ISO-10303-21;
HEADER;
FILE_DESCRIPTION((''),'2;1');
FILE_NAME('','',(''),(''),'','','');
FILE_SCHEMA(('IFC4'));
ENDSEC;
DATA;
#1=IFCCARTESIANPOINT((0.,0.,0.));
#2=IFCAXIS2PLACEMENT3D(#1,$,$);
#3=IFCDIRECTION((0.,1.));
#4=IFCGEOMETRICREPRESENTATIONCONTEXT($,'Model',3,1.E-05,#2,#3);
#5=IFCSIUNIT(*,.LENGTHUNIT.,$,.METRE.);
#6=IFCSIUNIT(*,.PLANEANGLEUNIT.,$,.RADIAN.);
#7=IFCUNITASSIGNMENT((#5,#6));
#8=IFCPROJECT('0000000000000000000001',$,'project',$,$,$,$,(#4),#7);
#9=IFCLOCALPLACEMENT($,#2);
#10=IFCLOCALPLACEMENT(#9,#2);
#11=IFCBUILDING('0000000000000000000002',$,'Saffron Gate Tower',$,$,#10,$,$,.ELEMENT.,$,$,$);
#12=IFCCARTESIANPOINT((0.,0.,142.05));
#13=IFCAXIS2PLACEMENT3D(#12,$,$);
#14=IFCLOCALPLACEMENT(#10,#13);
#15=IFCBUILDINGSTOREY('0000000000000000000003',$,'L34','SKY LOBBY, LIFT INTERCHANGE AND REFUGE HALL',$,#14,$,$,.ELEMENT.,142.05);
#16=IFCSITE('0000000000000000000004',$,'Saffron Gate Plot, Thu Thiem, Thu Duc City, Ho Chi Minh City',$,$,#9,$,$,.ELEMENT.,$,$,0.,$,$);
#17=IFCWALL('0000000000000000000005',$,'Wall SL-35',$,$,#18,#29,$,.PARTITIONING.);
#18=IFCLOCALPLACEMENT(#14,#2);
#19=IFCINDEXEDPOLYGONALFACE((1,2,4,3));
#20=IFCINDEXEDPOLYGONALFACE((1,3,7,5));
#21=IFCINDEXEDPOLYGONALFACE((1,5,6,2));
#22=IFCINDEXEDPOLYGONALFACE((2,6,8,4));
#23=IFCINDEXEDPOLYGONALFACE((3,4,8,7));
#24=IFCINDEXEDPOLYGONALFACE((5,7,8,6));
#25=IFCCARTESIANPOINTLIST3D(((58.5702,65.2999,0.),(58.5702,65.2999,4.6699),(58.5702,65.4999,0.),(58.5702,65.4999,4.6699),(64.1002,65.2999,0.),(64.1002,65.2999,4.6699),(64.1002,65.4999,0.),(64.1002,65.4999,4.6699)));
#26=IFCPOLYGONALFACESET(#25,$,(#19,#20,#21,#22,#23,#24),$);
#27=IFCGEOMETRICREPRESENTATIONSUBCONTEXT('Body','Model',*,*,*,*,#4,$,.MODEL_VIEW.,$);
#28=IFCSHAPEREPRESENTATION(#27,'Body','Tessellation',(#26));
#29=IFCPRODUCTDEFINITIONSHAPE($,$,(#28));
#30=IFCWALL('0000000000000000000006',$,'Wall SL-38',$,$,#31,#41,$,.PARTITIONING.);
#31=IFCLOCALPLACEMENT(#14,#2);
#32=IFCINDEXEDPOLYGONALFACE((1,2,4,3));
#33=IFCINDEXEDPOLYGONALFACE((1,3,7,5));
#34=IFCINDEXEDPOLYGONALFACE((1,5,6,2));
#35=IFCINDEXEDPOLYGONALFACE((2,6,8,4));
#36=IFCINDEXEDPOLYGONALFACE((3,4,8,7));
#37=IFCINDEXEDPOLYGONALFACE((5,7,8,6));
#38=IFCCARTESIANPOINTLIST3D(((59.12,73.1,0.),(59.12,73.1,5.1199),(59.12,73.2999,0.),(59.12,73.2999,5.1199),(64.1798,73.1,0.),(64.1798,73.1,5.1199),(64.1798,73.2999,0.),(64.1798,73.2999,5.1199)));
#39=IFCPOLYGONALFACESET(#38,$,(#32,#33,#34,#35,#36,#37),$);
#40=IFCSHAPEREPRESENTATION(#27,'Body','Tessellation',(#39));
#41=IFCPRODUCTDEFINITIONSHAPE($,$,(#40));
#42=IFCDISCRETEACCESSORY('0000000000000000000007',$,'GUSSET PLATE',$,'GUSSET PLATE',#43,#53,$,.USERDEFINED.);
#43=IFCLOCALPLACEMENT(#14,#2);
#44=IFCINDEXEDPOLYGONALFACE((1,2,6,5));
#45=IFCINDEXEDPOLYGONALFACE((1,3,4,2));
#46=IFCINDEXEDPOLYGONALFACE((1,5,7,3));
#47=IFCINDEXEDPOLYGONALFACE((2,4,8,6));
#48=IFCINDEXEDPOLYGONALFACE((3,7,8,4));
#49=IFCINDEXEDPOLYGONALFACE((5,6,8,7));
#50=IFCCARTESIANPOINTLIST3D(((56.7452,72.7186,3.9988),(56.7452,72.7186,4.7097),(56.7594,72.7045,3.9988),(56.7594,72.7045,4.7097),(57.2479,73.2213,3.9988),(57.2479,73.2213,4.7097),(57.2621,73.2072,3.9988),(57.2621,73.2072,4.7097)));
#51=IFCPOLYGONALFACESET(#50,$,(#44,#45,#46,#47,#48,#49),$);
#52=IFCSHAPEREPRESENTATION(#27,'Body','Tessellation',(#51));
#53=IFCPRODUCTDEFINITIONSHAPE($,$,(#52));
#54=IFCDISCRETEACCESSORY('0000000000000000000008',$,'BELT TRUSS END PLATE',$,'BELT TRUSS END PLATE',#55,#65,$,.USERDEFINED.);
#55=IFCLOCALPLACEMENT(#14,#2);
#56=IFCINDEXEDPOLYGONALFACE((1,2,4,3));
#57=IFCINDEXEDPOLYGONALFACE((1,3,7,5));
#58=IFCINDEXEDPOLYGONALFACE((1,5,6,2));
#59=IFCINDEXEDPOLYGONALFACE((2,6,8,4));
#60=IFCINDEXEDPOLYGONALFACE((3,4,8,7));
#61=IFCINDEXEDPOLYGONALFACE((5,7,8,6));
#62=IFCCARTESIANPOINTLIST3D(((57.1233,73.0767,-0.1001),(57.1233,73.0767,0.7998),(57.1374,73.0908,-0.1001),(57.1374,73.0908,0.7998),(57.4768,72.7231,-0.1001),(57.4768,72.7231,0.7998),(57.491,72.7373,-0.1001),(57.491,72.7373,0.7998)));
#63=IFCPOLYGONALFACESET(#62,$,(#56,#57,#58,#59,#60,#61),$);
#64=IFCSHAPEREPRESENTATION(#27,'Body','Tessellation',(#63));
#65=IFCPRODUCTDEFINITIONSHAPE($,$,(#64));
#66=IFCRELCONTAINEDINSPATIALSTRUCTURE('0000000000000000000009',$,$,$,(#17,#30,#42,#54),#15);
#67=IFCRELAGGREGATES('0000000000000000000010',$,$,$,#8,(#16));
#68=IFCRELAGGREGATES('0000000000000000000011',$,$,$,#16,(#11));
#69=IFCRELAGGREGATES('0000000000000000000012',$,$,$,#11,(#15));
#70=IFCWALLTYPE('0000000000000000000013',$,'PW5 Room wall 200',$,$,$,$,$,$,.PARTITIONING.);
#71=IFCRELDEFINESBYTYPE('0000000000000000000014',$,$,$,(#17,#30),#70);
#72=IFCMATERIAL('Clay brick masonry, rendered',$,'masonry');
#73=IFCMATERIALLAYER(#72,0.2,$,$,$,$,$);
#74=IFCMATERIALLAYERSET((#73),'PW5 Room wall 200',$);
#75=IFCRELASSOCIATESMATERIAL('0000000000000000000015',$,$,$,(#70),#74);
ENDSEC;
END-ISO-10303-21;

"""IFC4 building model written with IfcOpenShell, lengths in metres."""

from ifc_helpers import new_model, si_unit, direction, frame, frame_2d, origin, origin_2d, place, context, subcontext, project, spatial, rectangle, extrude, material, layer, layer_set, type_object, element, save


model = new_model("IFC4")

# Units and contexts
model_context = context("Model", 3, precision=1e-05, world=origin(), true_north=direction((0.0, 1.0)))
body_context = subcontext(model_context, "Body", "Model", "MODEL_VIEW")
ifc_project = project(units=[si_unit("LENGTHUNIT", "METRE"), si_unit("PLANEANGLEUNIT", "RADIAN")], contexts=[model_context])

# Site, building, storey
site_placement = place(None, origin())
site = spatial("IfcSite", under=ifc_project, at=site_placement, Name="Saffron Gate Plot, Thu Thiem, Thu Duc City, Ho Chi Minh City", CompositionType="ELEMENT", RefElevation=0.0)
building_placement = place(site_placement, origin())
building = spatial("IfcBuilding", under=site, at=building_placement, Name="Saffron Gate Tower", CompositionType="ELEMENT")
storey_placement = place(building_placement, frame((0.0, 0.0, 142.05)))
storey = spatial("IfcBuildingStorey", under=building, at=storey_placement, Name="L34", Description="SKY LOBBY, LIFT INTERCHANGE AND REFUGE HALL", CompositionType="ELEMENT", Elevation=142.05)

# Walls
ifc_material_1 = material(Name="Clay brick masonry, rendered", Category="masonry")
ifc_layer = layer(ifc_material_1, 0.2)
ifc_layer_set = layer_set([ifc_layer], Name="PW5 Room wall 200")
wall_type = type_object("IfcWallType", Name="PW5 Room wall 200", PredefinedType="PARTITIONING", material=ifc_layer_set)
wall_1_placement = place(storey_placement, frame((58.5701, 65.3999, 0.0), z_axis=(0.0, 0.0, 1.0), x_axis=(1.0, 0.0, 0.0)))
element("IfcWall", 1, at=wall_1_placement, inside=storey, type_object=wall_type, Name="Wall SL-35", PredefinedType="PARTITIONING", context=body_context, shape_type="SweptSolid", body=[
    extrude(rectangle(XDim=5.53, YDim=0.2, at=frame_2d((2.7651, 0.0))), origin(), (0.0, 0.0, 1.0), 4.6699),
])
wall_2_placement = place(storey_placement, frame((59.1201, 73.2, 0.0), z_axis=(0.0, 0.0, 1.0), x_axis=(1.0, 0.0, 0.0)))
element("IfcWall", 2, at=wall_2_placement, inside=storey, type_object=wall_type, Name="Wall SL-38", PredefinedType="PARTITIONING", context=body_context, shape_type="SweptSolid", body=[
    extrude(rectangle(XDim=5.0598, YDim=0.2, at=frame_2d((2.5298, 0.0))), origin(), (0.0, 0.0, 1.0), 5.1199),
])

# Discrete accessories
discrete_accessory_1_placement = place(storey_placement, frame((57.0037, 72.9629, 3.9988), z_axis=(0.0, 0.0, 1.0), x_axis=(0.707107, 0.707107, 0.0)))
element("IfcDiscreteAccessory", 3, at=discrete_accessory_1_placement, inside=storey, Name="GUSSET PLATE", ObjectType="GUSSET PLATE", PredefinedType="USERDEFINED", context=body_context, shape_type="SweptSolid", body=[
    extrude(rectangle(XDim=0.7109, YDim=0.02, at=origin_2d()), origin(), (0.0, 0.0, 1.0), 0.7109),
])
discrete_accessory_2_placement = place(storey_placement, frame((57.3071, 72.907, -0.1001), z_axis=(0.0, 0.0, 1.0), x_axis=(0.707107, 0.707107, 0.0)))
element("IfcDiscreteAccessory", 4, at=discrete_accessory_2_placement, inside=storey, Name="BELT TRUSS END PLATE", ObjectType="BELT TRUSS END PLATE", PredefinedType="USERDEFINED", context=body_context, shape_type="SweptSolid", body=[
    extrude(rectangle(XDim=0.02, YDim=0.5, at=origin_2d()), origin(), (0.0, 0.0, 1.0), 0.8999),
])

save(model, "model.ifc")
